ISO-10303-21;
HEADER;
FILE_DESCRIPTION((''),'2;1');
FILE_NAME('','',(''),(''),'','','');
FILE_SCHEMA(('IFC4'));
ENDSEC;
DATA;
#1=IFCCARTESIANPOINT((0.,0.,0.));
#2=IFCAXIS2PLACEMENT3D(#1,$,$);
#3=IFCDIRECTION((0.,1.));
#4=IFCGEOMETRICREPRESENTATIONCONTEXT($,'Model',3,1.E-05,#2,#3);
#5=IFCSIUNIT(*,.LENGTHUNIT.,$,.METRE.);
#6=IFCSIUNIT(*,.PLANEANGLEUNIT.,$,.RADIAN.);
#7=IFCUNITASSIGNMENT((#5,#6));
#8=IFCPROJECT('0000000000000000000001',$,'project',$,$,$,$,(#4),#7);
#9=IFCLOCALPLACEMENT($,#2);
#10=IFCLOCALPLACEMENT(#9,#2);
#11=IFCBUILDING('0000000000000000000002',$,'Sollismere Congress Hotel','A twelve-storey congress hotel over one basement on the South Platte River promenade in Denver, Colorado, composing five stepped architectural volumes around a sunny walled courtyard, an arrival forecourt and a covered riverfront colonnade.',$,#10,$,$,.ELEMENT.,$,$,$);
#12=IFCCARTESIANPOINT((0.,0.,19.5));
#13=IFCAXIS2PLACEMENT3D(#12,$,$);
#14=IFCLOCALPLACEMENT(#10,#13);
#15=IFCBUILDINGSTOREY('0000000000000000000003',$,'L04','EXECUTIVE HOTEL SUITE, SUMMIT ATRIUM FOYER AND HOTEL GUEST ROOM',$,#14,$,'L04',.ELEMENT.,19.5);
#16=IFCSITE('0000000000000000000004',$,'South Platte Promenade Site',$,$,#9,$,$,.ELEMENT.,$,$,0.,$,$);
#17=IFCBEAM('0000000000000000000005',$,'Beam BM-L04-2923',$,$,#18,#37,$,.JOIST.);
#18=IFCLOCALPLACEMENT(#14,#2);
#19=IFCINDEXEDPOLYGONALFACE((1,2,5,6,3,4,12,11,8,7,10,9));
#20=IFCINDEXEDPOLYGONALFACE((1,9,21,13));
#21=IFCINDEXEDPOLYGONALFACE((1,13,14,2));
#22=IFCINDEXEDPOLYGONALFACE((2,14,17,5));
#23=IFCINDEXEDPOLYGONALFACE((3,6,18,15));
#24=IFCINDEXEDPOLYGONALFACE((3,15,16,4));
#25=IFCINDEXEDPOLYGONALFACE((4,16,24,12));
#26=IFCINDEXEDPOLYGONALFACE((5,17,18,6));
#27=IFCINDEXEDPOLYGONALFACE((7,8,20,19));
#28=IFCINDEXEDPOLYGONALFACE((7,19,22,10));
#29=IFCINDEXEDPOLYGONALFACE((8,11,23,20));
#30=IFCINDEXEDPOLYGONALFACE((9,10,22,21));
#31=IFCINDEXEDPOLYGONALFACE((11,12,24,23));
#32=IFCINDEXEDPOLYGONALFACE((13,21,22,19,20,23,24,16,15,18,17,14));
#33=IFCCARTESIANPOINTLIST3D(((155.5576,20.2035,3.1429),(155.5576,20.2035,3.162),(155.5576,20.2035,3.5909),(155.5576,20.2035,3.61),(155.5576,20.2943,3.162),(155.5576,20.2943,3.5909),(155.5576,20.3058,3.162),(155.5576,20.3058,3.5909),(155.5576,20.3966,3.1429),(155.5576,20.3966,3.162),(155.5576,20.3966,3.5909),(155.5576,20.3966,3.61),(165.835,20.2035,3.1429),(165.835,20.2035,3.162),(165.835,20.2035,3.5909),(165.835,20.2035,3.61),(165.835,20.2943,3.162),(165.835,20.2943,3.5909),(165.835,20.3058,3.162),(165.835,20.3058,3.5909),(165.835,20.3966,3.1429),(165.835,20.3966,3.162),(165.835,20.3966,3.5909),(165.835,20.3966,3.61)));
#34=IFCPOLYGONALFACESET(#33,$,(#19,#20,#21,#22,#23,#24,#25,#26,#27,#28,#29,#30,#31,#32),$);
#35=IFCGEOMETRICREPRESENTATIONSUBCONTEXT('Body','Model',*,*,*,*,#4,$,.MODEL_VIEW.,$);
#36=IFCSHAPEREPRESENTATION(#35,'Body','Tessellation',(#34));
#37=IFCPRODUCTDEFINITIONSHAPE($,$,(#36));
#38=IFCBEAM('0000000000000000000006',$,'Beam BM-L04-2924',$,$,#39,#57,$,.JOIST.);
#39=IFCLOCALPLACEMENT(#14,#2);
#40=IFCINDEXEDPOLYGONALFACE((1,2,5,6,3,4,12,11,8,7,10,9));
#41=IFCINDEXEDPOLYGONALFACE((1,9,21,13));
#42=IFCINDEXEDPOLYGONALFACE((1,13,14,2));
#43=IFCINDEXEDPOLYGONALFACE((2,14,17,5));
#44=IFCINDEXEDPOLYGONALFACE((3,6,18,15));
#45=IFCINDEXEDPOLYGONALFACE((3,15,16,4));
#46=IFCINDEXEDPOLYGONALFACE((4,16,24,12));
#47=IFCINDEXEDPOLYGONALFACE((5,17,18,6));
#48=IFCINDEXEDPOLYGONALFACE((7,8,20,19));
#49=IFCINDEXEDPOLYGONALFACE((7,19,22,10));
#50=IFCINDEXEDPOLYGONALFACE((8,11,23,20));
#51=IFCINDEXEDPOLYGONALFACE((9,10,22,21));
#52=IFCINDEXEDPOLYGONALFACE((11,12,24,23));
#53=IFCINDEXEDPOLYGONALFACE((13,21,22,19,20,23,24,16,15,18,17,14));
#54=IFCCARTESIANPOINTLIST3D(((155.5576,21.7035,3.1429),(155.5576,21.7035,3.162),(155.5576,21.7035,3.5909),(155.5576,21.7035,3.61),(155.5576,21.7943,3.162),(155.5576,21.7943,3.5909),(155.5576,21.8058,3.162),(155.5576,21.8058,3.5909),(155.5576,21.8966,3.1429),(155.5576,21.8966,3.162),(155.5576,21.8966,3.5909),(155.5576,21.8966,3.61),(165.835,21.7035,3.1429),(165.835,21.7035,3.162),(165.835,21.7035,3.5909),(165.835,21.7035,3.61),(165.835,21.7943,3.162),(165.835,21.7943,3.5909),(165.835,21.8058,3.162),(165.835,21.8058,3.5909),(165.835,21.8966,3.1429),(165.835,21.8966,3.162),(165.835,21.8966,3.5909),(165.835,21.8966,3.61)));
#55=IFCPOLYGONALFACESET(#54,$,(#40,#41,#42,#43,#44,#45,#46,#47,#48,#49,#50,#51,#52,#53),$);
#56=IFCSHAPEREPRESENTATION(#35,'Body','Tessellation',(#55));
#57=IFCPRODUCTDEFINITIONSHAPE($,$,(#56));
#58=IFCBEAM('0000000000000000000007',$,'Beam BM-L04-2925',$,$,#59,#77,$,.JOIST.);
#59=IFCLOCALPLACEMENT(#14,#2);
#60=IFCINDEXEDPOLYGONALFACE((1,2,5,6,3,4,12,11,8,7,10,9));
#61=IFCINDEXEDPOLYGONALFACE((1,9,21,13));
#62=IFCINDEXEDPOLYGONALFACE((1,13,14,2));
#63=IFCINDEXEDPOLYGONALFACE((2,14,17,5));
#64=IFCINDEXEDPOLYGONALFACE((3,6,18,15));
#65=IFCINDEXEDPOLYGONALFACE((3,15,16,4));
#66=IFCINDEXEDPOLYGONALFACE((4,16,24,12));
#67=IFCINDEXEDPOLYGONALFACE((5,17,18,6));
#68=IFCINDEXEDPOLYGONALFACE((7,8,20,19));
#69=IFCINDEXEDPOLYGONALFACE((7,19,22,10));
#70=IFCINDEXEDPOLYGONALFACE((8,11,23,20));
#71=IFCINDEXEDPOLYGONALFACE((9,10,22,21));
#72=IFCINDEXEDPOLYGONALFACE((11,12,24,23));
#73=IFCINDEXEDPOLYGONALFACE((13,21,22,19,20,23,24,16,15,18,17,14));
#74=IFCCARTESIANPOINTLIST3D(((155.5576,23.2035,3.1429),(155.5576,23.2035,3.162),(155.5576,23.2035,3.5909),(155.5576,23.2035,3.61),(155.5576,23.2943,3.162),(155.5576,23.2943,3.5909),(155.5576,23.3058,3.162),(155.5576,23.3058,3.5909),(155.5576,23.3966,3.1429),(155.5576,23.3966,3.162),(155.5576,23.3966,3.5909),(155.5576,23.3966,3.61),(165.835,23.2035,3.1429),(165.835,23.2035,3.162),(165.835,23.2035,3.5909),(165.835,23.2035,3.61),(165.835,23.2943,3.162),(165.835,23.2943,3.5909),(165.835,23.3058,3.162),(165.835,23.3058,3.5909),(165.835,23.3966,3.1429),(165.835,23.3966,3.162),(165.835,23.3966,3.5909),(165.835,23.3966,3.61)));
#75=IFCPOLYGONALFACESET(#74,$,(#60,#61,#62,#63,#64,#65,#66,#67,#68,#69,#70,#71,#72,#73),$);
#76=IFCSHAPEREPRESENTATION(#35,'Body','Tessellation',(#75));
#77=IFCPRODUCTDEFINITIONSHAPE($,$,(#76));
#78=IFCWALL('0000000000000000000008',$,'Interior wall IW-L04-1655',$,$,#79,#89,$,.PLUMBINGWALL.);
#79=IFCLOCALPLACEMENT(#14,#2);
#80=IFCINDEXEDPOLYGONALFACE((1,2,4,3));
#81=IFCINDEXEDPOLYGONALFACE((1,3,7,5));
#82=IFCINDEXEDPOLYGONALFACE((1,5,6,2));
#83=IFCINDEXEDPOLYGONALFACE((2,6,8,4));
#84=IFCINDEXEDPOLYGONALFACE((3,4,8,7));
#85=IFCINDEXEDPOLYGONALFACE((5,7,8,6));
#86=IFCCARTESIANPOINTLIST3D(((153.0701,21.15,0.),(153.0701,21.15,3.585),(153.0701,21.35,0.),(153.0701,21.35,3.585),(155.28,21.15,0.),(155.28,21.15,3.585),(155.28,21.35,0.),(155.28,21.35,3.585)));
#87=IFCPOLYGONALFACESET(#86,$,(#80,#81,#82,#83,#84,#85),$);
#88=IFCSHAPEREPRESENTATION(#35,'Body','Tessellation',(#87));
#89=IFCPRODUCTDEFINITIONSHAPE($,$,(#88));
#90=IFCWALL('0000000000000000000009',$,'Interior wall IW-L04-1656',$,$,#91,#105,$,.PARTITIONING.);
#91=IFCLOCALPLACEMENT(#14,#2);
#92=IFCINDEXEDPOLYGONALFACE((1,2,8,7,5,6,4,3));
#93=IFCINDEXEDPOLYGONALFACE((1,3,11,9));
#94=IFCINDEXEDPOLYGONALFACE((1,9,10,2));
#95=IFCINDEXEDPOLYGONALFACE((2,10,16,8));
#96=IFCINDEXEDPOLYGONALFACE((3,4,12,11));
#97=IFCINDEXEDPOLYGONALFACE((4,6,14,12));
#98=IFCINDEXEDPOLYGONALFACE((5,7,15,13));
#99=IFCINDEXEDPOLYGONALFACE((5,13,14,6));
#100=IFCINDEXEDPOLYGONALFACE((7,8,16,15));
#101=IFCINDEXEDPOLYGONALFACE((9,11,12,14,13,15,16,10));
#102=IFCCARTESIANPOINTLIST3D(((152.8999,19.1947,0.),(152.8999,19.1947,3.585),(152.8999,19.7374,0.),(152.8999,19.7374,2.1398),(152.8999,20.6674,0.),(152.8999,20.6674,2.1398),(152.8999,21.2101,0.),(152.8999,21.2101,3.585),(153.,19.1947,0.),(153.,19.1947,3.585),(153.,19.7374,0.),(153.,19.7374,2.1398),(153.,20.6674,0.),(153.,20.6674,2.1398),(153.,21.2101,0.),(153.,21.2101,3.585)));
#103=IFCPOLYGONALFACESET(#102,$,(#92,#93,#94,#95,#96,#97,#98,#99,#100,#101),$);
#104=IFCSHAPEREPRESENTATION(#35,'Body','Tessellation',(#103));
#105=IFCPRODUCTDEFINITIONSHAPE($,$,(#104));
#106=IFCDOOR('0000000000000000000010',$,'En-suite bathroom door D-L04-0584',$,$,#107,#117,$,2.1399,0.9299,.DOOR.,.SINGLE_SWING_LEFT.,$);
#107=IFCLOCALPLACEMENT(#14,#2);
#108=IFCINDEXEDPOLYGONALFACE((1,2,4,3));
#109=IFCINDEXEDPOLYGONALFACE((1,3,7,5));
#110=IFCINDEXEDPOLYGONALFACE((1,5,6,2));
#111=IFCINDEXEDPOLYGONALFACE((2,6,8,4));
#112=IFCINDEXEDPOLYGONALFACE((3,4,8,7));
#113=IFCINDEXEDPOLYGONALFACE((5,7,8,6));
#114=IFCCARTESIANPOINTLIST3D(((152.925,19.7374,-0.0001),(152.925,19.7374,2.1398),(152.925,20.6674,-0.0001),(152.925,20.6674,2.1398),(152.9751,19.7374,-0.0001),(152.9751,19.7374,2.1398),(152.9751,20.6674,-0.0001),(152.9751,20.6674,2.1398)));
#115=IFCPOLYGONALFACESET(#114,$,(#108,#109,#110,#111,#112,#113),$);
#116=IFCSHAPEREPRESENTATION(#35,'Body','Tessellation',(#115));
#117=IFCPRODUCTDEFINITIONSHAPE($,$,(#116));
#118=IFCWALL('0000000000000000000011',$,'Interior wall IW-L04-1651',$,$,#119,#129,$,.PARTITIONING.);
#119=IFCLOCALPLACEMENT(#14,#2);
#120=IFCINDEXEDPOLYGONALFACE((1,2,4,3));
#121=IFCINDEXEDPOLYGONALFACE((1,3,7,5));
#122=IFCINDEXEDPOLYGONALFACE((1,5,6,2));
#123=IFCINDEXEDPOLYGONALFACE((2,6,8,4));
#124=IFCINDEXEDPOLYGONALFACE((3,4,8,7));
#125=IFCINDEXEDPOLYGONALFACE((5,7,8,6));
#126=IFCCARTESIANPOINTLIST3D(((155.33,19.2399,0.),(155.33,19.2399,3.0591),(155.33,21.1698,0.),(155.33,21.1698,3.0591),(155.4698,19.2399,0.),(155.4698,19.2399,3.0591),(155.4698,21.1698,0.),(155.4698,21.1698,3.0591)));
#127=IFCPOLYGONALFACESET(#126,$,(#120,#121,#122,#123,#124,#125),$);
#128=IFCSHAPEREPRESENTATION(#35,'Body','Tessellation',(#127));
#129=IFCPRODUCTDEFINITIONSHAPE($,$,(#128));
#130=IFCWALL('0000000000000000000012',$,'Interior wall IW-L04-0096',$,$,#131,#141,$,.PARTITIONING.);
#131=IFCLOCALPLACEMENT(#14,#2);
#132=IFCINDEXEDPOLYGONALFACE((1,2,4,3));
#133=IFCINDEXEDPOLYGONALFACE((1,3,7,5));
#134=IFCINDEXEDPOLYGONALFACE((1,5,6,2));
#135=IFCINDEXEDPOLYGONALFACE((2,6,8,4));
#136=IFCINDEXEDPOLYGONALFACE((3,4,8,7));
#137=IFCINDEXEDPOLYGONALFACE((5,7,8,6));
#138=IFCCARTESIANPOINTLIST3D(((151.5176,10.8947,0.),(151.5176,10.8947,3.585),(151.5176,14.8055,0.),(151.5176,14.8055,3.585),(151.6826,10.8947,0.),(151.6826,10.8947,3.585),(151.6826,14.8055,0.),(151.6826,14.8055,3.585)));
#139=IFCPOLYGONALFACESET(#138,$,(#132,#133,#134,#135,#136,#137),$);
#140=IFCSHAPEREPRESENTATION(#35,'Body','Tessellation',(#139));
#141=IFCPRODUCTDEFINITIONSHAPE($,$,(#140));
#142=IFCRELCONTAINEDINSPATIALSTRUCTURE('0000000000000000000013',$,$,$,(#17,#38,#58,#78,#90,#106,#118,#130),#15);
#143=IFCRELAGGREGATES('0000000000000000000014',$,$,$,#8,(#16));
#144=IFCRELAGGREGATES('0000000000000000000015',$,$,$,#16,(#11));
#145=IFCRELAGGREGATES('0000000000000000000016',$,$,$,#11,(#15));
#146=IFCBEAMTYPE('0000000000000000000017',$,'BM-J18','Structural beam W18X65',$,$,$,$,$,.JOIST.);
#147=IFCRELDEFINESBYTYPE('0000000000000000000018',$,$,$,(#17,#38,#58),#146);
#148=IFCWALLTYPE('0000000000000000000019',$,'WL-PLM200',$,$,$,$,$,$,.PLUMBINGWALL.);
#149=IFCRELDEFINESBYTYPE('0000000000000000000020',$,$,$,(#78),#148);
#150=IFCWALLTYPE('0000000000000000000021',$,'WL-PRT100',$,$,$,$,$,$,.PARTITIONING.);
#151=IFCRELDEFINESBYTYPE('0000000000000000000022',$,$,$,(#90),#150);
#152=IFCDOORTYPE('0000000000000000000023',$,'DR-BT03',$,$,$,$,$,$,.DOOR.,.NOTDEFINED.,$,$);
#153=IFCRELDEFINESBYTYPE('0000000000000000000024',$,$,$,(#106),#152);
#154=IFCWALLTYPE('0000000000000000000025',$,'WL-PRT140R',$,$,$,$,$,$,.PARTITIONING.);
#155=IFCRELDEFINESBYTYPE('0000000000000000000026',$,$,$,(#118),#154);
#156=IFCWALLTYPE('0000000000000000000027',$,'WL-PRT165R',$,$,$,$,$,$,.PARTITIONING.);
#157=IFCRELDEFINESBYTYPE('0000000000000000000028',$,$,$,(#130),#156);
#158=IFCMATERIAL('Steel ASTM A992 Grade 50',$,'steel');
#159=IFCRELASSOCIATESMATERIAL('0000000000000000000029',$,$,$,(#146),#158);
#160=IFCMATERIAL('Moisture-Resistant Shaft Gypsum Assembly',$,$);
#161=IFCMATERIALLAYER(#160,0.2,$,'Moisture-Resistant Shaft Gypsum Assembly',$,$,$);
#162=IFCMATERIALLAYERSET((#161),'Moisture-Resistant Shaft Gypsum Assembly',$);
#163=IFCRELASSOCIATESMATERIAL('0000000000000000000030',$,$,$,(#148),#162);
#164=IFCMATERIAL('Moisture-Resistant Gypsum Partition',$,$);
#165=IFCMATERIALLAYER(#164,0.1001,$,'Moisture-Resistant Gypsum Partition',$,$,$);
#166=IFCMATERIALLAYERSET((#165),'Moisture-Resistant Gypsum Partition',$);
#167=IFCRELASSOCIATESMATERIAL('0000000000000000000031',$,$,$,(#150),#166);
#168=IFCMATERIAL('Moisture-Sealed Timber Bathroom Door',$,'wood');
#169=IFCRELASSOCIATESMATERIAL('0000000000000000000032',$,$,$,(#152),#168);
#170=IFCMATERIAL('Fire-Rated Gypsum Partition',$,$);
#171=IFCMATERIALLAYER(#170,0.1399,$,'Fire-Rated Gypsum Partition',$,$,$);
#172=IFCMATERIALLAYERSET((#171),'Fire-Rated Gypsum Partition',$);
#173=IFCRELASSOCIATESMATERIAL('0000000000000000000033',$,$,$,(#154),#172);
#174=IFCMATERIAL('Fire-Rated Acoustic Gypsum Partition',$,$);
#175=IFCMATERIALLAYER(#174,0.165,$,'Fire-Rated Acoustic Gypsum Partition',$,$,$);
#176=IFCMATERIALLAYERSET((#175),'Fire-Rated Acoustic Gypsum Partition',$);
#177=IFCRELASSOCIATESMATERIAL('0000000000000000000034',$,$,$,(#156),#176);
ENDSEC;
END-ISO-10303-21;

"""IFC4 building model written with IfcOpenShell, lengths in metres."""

from ifc_helpers import new_model, si_unit, direction, frame, frame_2d, origin, origin_2d, place, context, subcontext, project, spatial, rectangle, i_section, extrude, material, layer, layer_set, material_profile, profile_set, type_object, element, fill, save


model = new_model("IFC4")

# Units and contexts
model_context = context("Model", 3, precision=1e-05, world=origin(), true_north=direction((0.0, 1.0)))
body_context = subcontext(model_context, "Body", "Model", "MODEL_VIEW")
ifc_project = project(units=[si_unit("LENGTHUNIT", "METRE"), si_unit("PLANEANGLEUNIT", "RADIAN")], contexts=[model_context])

# Site, building, storey
site_placement = place(None, origin())
site = spatial("IfcSite", under=ifc_project, at=site_placement, Name="South Platte Promenade Site", CompositionType="ELEMENT", RefElevation=0.0)
building_placement = place(site_placement, origin())
building = spatial("IfcBuilding", under=site, at=building_placement, Name="Sollismere Congress Hotel", Description="A twelve-storey congress hotel over one basement on the South Platte River promenade in Denver, Colorado, composing five stepped architectural volumes around a sunny walled courtyard, an arrival forecourt and a covered riverfront colonnade.", CompositionType="ELEMENT")
storey_placement = place(building_placement, frame((0.0, 0.0, 19.5)))
storey = spatial("IfcBuildingStorey", under=building, at=storey_placement, Name="L04", Description="EXECUTIVE HOTEL SUITE, SUMMIT ATRIUM FOYER AND HOTEL GUEST ROOM", LongName="L04", CompositionType="ELEMENT", Elevation=19.5)

# Shared definitions
ifc_material_1 = material(Name="Steel ASTM A992 Grade 50", Category="steel")

# Beams
ifc_material_profile_1 = material_profile(ifc_material_1, i_section(OverallWidth=0.1931, OverallDepth=0.467, WebThickness=0.0115, FlangeThickness=0.019, at=origin_2d()), Name="W18X65")
ifc_profile_set_1 = profile_set([ifc_material_profile_1], Name="Steel ASTM A992 Grade 50")
beam_type_1 = type_object("IfcBeamType", Name="BM-J18", Description="Structural beam W18X65", PredefinedType="JOIST", material=ifc_profile_set_1)
for number, where, z_axis, x_axis, name in (
    (1, (155.5576, 20.3, 3.3765), (1.0, 0.0, 0.0), (0.0, 1.0, 0.0), "Beam BM-L04-2923"),
    (2, (155.5576, 21.8, 3.3765), (1.0, 0.0, 0.0), (0.0, 1.0, 0.0), "Beam BM-L04-2924"),
    (3, (155.5576, 23.3, 3.3765), (1.0, 0.0, 0.0), (0.0, 1.0, 0.0), "Beam BM-L04-2925"),
):
    element("IfcBeam", number, at=place(storey_placement, frame(where, z_axis=z_axis, x_axis=x_axis)), inside=storey, type_object=beam_type_1, Name=name, PredefinedType="JOIST", context=body_context, shape_type="SweptSolid", body=[
        extrude(i_section(OverallWidth=0.1931, OverallDepth=0.467, WebThickness=0.0115, FlangeThickness=0.019, at=origin_2d()), origin(), (0.0, 0.0, 1.0), 10.2773),
    ])

# Wall
ifc_material_2 = material(Name="Moisture-Resistant Shaft Gypsum Assembly")
ifc_layer_1 = layer(ifc_material_2, 0.2, Name="Moisture-Resistant Shaft Gypsum Assembly")
ifc_layer_set_1 = layer_set([ifc_layer_1], Name="Moisture-Resistant Shaft Gypsum Assembly")
wall_type_1 = type_object("IfcWallType", Name="WL-PLM200", PredefinedType="PLUMBINGWALL", material=ifc_layer_set_1)
wall_1_placement = place(storey_placement, frame((153.0701, 21.25, 0.0), z_axis=(0.0, 0.0, 1.0), x_axis=(1.0, 0.0, 0.0)))
element("IfcWall", 4, at=wall_1_placement, inside=storey, type_object=wall_type_1, Name="Interior wall IW-L04-1655", PredefinedType="PLUMBINGWALL", context=body_context, shape_type="SweptSolid", body=[
    extrude(rectangle(XDim=2.21, YDim=0.2, at=frame_2d((1.105, 0.0))), origin(), (0.0, 0.0, 1.0), 3.585),
])

# Wall, opening, door
ifc_material_3 = material(Name="Moisture-Resistant Gypsum Partition")
ifc_layer_2 = layer(ifc_material_3, 0.1001, Name="Moisture-Resistant Gypsum Partition")
ifc_layer_set_2 = layer_set([ifc_layer_2], Name="Moisture-Resistant Gypsum Partition")
wall_type_2 = type_object("IfcWallType", Name="WL-PRT100", PredefinedType="PARTITIONING", material=ifc_layer_set_2)
wall_2_placement = place(storey_placement, frame((152.95, 19.1946, 0.0), z_axis=(0.0, 0.0, 1.0), x_axis=(0.0, 1.0, 0.0)))
wall_2 = element("IfcWall", 5, at=wall_2_placement, inside=storey, type_object=wall_type_2, Name="Interior wall IW-L04-1656", PredefinedType="PARTITIONING", context=body_context, shape_type="SweptSolid", body=[
    extrude(rectangle(XDim=2.0154, YDim=0.1001, at=frame_2d((1.0078, 0.0))), origin(), (0.0, 0.0, 1.0), 3.585),
])
opening_1_placement = place(wall_2_placement, frame((0.543, 0.0, 0.0)))
opening_1 = element("IfcOpeningElement", 6, at=opening_1_placement, cuts=wall_2, PredefinedType="OPENING", context=body_context, shape_type="SweptSolid", body=[
    extrude(rectangle(XDim=0.9299, YDim=2.1399, at=frame_2d((0.4648, 1.0698))), frame((0.0, 0.0601, 0.0), z_axis=(0.0, -1.0, 0.0), x_axis=(1.0, 0.0, 0.0)), (0.0, 0.0, 1.0), 0.1201),
])
ifc_material_4 = material(Name="Moisture-Sealed Timber Bathroom Door", Category="wood")
door_type_1 = type_object("IfcDoorType", Name="DR-BT03", OperationType="NOTDEFINED", PredefinedType="DOOR", material=ifc_material_4)
door_1_placement = place(opening_1_placement, origin())
door_1 = element("IfcDoor", 7, at=door_1_placement, inside=storey, type_object=door_type_1, Name="En-suite bathroom door D-L04-0584", OperationType="SINGLE_SWING_LEFT", OverallHeight=2.1399, OverallWidth=0.9299, PredefinedType="DOOR", context=body_context, shape_type="SweptSolid", body=[
    extrude(rectangle(XDim=0.9299, YDim=2.1399, at=frame_2d((0.4648, 1.0698))), frame((0.0, 0.0249, 0.0), z_axis=(0.0, -1.0, 0.0), x_axis=(1.0, 0.0, 0.0)), (0.0, 0.0, 1.0), 0.05),
])
fill(opening_1, door_1)

# Wall
ifc_material_5 = material(Name="Fire-Rated Gypsum Partition")
ifc_layer_3 = layer(ifc_material_5, 0.1399, Name="Fire-Rated Gypsum Partition")
ifc_layer_set_3 = layer_set([ifc_layer_3], Name="Fire-Rated Gypsum Partition")
wall_type_3 = type_object("IfcWallType", Name="WL-PRT140R", PredefinedType="PARTITIONING", material=ifc_layer_set_3)
wall_3_placement = place(storey_placement, frame((155.3999, 19.24, 0.0), z_axis=(0.0, 0.0, 1.0), x_axis=(0.0, 1.0, 0.0)))
element("IfcWall", 8, at=wall_3_placement, inside=storey, type_object=wall_type_3, Name="Interior wall IW-L04-1651", PredefinedType="PARTITIONING", context=body_context, shape_type="SweptSolid", body=[
    extrude(rectangle(XDim=1.9299, YDim=0.1399, at=frame_2d((0.9648, 0.0))), origin(), (0.0, 0.0, 1.0), 3.0591),
])

# Wall
ifc_material_6 = material(Name="Fire-Rated Acoustic Gypsum Partition")
ifc_layer_4 = layer(ifc_material_6, 0.165, Name="Fire-Rated Acoustic Gypsum Partition")
ifc_layer_set_4 = layer_set([ifc_layer_4], Name="Fire-Rated Acoustic Gypsum Partition")
wall_type_4 = type_object("IfcWallType", Name="WL-PRT165R", PredefinedType="PARTITIONING", material=ifc_layer_set_4)
wall_4_placement = place(storey_placement, frame((151.6001, 10.8945, 0.0), z_axis=(0.0, 0.0, 1.0), x_axis=(0.0, 1.0, 0.0)))
element("IfcWall", 9, at=wall_4_placement, inside=storey, type_object=wall_type_4, Name="Interior wall IW-L04-0096", PredefinedType="PARTITIONING", context=body_context, shape_type="SweptSolid", body=[
    extrude(rectangle(XDim=3.9109, YDim=0.165, at=frame_2d((1.9556, 0.0))), origin(), (0.0, 0.0, 1.0), 3.585),
])

save(model, "model.ifc")
